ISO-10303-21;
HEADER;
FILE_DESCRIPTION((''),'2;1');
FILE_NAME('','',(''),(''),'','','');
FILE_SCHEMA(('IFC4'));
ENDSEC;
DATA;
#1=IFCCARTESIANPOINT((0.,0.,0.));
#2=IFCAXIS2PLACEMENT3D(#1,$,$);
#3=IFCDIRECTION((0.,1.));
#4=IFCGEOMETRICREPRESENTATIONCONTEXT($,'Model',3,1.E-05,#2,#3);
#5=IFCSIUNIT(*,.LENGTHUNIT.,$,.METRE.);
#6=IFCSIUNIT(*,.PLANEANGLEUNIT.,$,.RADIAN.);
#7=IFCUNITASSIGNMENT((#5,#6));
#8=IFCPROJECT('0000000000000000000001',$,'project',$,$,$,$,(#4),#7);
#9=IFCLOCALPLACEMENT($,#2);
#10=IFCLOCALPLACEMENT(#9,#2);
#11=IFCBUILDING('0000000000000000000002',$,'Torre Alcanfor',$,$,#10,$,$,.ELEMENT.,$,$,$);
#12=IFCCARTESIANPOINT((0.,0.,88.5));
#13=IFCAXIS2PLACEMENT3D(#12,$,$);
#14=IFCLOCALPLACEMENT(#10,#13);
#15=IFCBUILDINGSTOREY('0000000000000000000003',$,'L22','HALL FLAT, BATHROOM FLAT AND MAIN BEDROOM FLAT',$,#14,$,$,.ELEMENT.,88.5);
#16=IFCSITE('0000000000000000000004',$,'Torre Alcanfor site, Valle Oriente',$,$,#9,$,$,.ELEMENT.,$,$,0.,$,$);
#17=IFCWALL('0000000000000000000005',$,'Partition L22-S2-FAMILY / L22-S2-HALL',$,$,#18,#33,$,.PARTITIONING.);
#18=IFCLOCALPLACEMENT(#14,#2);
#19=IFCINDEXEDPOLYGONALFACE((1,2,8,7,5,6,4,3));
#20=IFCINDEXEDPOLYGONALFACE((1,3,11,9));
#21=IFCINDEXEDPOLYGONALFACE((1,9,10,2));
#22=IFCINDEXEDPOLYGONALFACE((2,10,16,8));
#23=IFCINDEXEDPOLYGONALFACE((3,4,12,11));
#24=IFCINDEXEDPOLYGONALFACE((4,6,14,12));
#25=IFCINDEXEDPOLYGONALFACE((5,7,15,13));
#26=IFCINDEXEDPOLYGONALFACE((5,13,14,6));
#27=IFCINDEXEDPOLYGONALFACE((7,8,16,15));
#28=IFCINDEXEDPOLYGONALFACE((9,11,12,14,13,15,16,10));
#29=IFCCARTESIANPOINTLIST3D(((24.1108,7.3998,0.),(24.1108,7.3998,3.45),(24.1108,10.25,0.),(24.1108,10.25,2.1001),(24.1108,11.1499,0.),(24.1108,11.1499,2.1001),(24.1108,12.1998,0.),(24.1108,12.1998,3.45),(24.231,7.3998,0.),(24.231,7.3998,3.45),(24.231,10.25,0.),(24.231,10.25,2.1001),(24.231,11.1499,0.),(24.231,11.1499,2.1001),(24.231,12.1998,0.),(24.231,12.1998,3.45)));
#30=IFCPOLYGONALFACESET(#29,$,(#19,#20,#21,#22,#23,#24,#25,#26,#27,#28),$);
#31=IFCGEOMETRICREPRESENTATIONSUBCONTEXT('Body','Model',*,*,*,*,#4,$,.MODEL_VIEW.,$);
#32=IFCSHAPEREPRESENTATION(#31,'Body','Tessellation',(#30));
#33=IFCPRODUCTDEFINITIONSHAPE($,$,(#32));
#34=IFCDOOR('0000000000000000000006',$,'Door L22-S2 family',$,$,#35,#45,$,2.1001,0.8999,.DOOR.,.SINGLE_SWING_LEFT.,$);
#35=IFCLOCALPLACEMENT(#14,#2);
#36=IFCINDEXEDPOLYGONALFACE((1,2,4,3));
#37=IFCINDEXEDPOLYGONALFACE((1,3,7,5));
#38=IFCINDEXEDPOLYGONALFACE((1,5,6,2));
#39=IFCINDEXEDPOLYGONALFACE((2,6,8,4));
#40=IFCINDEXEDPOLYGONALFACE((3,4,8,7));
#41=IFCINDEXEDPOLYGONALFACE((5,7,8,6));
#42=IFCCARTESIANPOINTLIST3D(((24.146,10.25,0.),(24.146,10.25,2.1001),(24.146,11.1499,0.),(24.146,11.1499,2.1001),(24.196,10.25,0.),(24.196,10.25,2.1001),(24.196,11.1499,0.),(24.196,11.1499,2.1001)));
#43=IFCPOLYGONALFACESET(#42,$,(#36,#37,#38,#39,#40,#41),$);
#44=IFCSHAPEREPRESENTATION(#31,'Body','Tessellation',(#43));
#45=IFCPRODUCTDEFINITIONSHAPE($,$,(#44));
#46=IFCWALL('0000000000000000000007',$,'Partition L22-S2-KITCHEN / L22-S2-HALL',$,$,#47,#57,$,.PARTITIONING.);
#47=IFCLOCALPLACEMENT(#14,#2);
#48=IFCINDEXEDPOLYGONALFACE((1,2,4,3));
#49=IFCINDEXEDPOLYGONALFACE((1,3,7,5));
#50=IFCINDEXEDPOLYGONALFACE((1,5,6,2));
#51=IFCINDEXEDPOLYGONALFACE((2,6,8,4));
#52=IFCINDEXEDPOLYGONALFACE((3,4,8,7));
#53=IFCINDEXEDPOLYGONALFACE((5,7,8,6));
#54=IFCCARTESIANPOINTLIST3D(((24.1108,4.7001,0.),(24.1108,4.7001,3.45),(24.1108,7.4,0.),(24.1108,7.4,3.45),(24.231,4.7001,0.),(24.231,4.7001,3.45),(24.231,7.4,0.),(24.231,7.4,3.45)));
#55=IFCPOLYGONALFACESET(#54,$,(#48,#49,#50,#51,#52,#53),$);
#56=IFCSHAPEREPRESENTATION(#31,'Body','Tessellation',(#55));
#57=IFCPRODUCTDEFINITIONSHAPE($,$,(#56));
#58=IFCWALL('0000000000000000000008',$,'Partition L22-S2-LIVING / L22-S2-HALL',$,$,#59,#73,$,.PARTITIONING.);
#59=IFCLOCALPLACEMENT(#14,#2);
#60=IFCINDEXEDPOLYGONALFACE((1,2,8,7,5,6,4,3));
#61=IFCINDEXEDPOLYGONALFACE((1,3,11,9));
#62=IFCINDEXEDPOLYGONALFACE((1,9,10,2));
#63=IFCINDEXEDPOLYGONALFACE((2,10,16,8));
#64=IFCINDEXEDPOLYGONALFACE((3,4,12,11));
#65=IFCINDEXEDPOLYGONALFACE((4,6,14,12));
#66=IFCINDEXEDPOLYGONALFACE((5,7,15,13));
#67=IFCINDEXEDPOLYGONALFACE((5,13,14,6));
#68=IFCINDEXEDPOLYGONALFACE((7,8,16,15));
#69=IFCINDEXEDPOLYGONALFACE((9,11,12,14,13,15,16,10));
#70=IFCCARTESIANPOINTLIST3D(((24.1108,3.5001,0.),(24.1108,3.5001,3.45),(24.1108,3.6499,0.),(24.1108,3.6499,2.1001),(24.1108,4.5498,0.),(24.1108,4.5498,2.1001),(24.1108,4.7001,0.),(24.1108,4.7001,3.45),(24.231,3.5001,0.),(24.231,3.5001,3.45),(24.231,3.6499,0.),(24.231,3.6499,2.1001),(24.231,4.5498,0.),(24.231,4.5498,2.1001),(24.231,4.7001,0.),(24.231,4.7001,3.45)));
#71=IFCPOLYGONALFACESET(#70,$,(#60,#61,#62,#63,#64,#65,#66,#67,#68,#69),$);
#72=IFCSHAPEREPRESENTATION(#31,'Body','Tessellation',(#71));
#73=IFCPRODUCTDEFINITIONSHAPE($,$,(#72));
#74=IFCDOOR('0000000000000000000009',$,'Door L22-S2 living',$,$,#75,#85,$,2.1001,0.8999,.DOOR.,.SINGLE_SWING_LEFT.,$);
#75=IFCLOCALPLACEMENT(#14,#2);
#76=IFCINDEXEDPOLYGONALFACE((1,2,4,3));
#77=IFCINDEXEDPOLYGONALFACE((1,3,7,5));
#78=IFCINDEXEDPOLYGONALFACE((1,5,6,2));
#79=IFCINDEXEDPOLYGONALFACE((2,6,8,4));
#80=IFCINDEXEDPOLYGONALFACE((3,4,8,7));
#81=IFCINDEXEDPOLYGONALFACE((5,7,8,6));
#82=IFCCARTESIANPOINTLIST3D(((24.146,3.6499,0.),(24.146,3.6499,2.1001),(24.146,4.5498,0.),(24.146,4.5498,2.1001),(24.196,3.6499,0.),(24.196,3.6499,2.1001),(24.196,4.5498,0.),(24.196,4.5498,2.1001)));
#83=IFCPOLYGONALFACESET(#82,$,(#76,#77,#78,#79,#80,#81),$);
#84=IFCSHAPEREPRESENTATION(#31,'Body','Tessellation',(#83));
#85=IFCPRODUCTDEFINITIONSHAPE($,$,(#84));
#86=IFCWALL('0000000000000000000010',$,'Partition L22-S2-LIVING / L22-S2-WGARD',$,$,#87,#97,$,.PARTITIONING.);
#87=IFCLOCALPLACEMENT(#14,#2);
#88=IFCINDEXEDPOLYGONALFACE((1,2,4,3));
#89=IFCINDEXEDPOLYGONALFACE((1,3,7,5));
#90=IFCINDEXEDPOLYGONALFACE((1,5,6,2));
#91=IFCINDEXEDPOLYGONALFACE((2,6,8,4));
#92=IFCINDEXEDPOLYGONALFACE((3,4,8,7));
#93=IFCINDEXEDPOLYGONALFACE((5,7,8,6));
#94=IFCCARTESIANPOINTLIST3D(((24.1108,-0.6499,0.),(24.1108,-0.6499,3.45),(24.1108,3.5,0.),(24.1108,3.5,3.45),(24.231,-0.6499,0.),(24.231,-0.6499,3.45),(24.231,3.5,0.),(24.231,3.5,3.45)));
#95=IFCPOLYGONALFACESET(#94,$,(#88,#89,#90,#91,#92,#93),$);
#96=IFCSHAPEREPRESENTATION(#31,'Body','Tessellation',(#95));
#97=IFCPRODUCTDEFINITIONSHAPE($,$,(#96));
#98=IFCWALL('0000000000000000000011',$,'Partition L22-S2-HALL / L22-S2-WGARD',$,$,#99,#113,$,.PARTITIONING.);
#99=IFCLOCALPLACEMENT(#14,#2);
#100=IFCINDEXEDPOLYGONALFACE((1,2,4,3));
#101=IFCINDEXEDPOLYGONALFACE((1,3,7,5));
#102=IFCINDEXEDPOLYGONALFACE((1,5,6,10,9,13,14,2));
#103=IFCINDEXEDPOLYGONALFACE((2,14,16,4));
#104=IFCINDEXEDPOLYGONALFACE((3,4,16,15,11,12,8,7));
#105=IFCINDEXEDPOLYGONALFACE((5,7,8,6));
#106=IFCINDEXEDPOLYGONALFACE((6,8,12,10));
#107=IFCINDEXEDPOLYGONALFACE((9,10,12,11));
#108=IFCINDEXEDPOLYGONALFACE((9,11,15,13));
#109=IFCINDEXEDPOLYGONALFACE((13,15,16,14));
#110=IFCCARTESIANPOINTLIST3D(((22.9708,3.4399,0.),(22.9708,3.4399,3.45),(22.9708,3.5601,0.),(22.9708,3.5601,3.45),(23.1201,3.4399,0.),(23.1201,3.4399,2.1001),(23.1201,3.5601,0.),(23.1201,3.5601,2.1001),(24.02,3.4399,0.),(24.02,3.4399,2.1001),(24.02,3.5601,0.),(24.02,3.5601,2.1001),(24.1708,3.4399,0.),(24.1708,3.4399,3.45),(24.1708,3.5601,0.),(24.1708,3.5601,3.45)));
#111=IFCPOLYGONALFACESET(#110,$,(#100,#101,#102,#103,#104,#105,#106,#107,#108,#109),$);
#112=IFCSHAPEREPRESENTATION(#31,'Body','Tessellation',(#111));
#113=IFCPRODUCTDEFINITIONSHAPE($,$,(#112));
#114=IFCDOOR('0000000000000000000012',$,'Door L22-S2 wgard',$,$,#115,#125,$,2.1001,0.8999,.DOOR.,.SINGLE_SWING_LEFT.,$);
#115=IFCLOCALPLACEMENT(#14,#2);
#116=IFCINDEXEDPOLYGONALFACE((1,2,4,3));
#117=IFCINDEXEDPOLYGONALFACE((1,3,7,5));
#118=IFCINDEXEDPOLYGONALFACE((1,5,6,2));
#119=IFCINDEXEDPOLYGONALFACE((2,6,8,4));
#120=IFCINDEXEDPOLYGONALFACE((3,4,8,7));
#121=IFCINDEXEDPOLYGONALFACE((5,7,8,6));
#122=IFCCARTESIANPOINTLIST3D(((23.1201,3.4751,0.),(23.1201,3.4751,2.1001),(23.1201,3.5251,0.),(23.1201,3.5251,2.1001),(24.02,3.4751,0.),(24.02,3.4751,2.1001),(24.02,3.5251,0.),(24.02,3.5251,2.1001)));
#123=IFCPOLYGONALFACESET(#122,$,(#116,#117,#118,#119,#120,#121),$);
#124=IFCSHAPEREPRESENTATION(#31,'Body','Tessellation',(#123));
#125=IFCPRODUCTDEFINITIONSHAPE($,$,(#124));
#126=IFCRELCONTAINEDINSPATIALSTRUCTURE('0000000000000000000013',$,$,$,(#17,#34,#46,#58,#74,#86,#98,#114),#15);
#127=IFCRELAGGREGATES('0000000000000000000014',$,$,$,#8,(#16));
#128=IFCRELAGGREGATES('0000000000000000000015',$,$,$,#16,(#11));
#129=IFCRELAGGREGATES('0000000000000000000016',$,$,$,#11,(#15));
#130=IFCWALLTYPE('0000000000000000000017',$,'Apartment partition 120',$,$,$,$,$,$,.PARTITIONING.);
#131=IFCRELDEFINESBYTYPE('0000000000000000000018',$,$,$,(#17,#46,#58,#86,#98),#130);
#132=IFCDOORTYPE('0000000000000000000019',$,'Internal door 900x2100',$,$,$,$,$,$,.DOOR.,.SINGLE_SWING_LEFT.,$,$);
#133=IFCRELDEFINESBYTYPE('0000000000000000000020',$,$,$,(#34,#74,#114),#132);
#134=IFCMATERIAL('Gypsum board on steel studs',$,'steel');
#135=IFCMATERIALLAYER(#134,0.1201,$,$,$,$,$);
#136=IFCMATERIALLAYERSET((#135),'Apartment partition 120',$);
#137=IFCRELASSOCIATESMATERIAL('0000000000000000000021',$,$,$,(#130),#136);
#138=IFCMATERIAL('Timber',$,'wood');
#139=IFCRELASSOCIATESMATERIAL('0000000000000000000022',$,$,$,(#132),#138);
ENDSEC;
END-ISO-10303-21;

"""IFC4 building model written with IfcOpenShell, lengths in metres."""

from ifc_helpers import new_model, si_unit, direction, frame, frame_2d, origin, place, context, subcontext, project, spatial, rectangle, extrude, material, layer, layer_set, type_object, element, fill, save


model = new_model("IFC4")

# Units and contexts
model_context = context("Model", 3, precision=1e-05, world=origin(), true_north=direction((0.0, 1.0)))
body_context = subcontext(model_context, "Body", "Model", "MODEL_VIEW")
ifc_project = project(units=[si_unit("LENGTHUNIT", "METRE"), si_unit("PLANEANGLEUNIT", "RADIAN")], contexts=[model_context])

# Site, building, storey
site_placement = place(None, origin())
site = spatial("IfcSite", under=ifc_project, at=site_placement, Name="Torre Alcanfor site, Valle Oriente", CompositionType="ELEMENT", RefElevation=0.0)
building_placement = place(site_placement, origin())
building = spatial("IfcBuilding", under=site, at=building_placement, Name="Torre Alcanfor", CompositionType="ELEMENT")
storey_placement = place(building_placement, frame((0.0, 0.0, 88.5)))
storey = spatial("IfcBuildingStorey", under=building, at=storey_placement, Name="L22", Description="HALL FLAT, BATHROOM FLAT AND MAIN BEDROOM FLAT", CompositionType="ELEMENT", Elevation=88.5)

# Wall, opening, door
ifc_material_1 = material(Name="Gypsum board on steel studs", Category="steel")
ifc_layer_1 = layer(ifc_material_1, 0.1201)
ifc_layer_set_1 = layer_set([ifc_layer_1], Name="Apartment partition 120")
wall_type = type_object("IfcWallType", Name="Apartment partition 120", PredefinedType="PARTITIONING", material=ifc_layer_set_1)
wall_1_placement = place(storey_placement, frame((24.1709, 7.3999, 0.0), z_axis=(0.0, 0.0, 1.0), x_axis=(0.0, 1.0, 0.0)))
wall_1 = element("IfcWall", 1, at=wall_1_placement, inside=storey, type_object=wall_type, Name="Partition L22-S2-FAMILY / L22-S2-HALL", PredefinedType="PARTITIONING", context=body_context, shape_type="SweptSolid", body=[
    extrude(rectangle(XDim=4.8, YDim=0.1201, at=frame_2d((2.3999, 0.0))), origin(), (0.0, 0.0, 1.0), 3.45),
])
opening_1_placement = place(wall_1_placement, frame((2.8501, 0.0, 0.0)))
opening_1 = element("IfcOpeningElement", 2, at=opening_1_placement, cuts=wall_1, PredefinedType="OPENING", context=body_context, shape_type="SweptSolid", body=[
    extrude(rectangle(XDim=0.8999, YDim=2.1001, at=frame_2d((0.45, 1.05))), frame((0.0, 0.0701, 0.0), z_axis=(0.0, -1.0, 0.0), x_axis=(1.0, 0.0, 0.0)), (0.0, 0.0, 1.0), 0.1401),
])
ifc_material_2 = material(Name="Timber", Category="wood")
door_type = type_object("IfcDoorType", Name="Internal door 900x2100", OperationType="SINGLE_SWING_LEFT", PredefinedType="DOOR", material=ifc_material_2)
door_1_placement = place(opening_1_placement, frame((0.8999, 0.0, 0.0), z_axis=(0.0, 0.0, 1.0), x_axis=(-1.0, 0.0, 0.0)))
door_1 = element("IfcDoor", 3, at=door_1_placement, inside=storey, type_object=door_type, Name="Door L22-S2 family", OperationType="SINGLE_SWING_LEFT", OverallHeight=2.1001, OverallWidth=0.8999, PredefinedType="DOOR", context=body_context, shape_type="SweptSolid", body=[
    extrude(rectangle(XDim=0.8999, YDim=2.1001, at=frame_2d((0.45, 1.05))), frame((0.0, 0.0251, 0.0), z_axis=(0.0, -1.0, 0.0), x_axis=(1.0, 0.0, 0.0)), (0.0, 0.0, 1.0), 0.05),
])
fill(opening_1, door_1)

# Wall
wall_2_placement = place(storey_placement, frame((24.1709, 4.7, 0.0), z_axis=(0.0, 0.0, 1.0), x_axis=(0.0, 1.0, 0.0)))
element("IfcWall", 4, at=wall_2_placement, inside=storey, type_object=wall_type, Name="Partition L22-S2-KITCHEN / L22-S2-HALL", PredefinedType="PARTITIONING", context=body_context, shape_type="SweptSolid", body=[
    extrude(rectangle(XDim=2.7, YDim=0.1201, at=frame_2d((1.3501, 0.0))), origin(), (0.0, 0.0, 1.0), 3.45),
])

# Wall, opening, door
wall_3_placement = place(storey_placement, frame((24.1709, 3.5, 0.0), z_axis=(0.0, 0.0, 1.0), x_axis=(0.0, 1.0, 0.0)))
wall_3 = element("IfcWall", 5, at=wall_3_placement, inside=storey, type_object=wall_type, Name="Partition L22-S2-LIVING / L22-S2-HALL", PredefinedType="PARTITIONING", context=body_context, shape_type="SweptSolid", body=[
    extrude(rectangle(XDim=1.2, YDim=0.1201, at=frame_2d((0.6001, 0.0))), origin(), (0.0, 0.0, 1.0), 3.45),
])
opening_2_placement = place(wall_3_placement, frame((0.1499, 0.0, 0.0)))
opening_2 = element("IfcOpeningElement", 6, at=opening_2_placement, cuts=wall_3, PredefinedType="OPENING", context=body_context, shape_type="SweptSolid", body=[
    extrude(rectangle(XDim=0.8999, YDim=2.1001, at=frame_2d((0.45, 1.05))), frame((0.0, 0.0701, 0.0), z_axis=(0.0, -1.0, 0.0), x_axis=(1.0, 0.0, 0.0)), (0.0, 0.0, 1.0), 0.1401),
])
door_2_placement = place(opening_2_placement, frame((0.8999, 0.0, 0.0), z_axis=(0.0, 0.0, 1.0), x_axis=(-1.0, 0.0, 0.0)))
door_2 = element("IfcDoor", 7, at=door_2_placement, inside=storey, type_object=door_type, Name="Door L22-S2 living", OperationType="SINGLE_SWING_LEFT", OverallHeight=2.1001, OverallWidth=0.8999, PredefinedType="DOOR", context=body_context, shape_type="SweptSolid", body=[
    extrude(rectangle(XDim=0.8999, YDim=2.1001, at=frame_2d((0.45, 1.05))), frame((0.0, 0.0251, 0.0), z_axis=(0.0, -1.0, 0.0), x_axis=(1.0, 0.0, 0.0)), (0.0, 0.0, 1.0), 0.05),
])
fill(opening_2, door_2)

# Wall
wall_4_placement = place(storey_placement, frame((24.1709, -0.6499, 0.0), z_axis=(0.0, 0.0, 1.0), x_axis=(0.0, 1.0, 0.0)))
element("IfcWall", 8, at=wall_4_placement, inside=storey, type_object=wall_type, Name="Partition L22-S2-LIVING / L22-S2-WGARD", PredefinedType="PARTITIONING", context=body_context, shape_type="SweptSolid", body=[
    extrude(rectangle(XDim=4.1499, YDim=0.1201, at=frame_2d((2.075, 0.0))), origin(), (0.0, 0.0, 1.0), 3.45),
])

# Wall, opening, door
wall_5_placement = place(storey_placement, frame((24.1709, 3.5, 0.0), z_axis=(0.0, 0.0, 1.0), x_axis=(-1.0, 0.0, 0.0)))
wall_5 = element("IfcWall", 9, at=wall_5_placement, inside=storey, type_object=wall_type, Name="Partition L22-S2-HALL / L22-S2-WGARD", PredefinedType="PARTITIONING", context=body_context, shape_type="SweptSolid", body=[
    extrude(rectangle(XDim=1.2, YDim=0.1201, at=frame_2d((0.6001, 0.0))), origin(), (0.0, 0.0, 1.0), 3.45),
])
opening_3_placement = place(wall_5_placement, frame((0.1509, 0.0, 0.0)))
opening_3 = element("IfcOpeningElement", 10, at=opening_3_placement, cuts=wall_5, PredefinedType="OPENING", context=body_context, shape_type="SweptSolid", body=[
    extrude(rectangle(XDim=0.8999, YDim=2.1001, at=frame_2d((0.45, 1.05))), frame((0.0, 0.0701, 0.0), z_axis=(0.0, -1.0, 0.0), x_axis=(1.0, 0.0, 0.0)), (0.0, 0.0, 1.0), 0.1401),
])
door_3_placement = place(opening_3_placement, origin())
door_3 = element("IfcDoor", 11, at=door_3_placement, inside=storey, type_object=door_type, Name="Door L22-S2 wgard", OperationType="SINGLE_SWING_LEFT", OverallHeight=2.1001, OverallWidth=0.8999, PredefinedType="DOOR", context=body_context, shape_type="SweptSolid", body=[
    extrude(rectangle(XDim=0.8999, YDim=2.1001, at=frame_2d((0.45, 1.05))), frame((0.0, 0.0249, 0.0), z_axis=(0.0, -1.0, 0.0), x_axis=(1.0, 0.0, 0.0)), (0.0, 0.0, 1.0), 0.05),
])
fill(opening_3, door_3)

save(model, "model.ifc")
